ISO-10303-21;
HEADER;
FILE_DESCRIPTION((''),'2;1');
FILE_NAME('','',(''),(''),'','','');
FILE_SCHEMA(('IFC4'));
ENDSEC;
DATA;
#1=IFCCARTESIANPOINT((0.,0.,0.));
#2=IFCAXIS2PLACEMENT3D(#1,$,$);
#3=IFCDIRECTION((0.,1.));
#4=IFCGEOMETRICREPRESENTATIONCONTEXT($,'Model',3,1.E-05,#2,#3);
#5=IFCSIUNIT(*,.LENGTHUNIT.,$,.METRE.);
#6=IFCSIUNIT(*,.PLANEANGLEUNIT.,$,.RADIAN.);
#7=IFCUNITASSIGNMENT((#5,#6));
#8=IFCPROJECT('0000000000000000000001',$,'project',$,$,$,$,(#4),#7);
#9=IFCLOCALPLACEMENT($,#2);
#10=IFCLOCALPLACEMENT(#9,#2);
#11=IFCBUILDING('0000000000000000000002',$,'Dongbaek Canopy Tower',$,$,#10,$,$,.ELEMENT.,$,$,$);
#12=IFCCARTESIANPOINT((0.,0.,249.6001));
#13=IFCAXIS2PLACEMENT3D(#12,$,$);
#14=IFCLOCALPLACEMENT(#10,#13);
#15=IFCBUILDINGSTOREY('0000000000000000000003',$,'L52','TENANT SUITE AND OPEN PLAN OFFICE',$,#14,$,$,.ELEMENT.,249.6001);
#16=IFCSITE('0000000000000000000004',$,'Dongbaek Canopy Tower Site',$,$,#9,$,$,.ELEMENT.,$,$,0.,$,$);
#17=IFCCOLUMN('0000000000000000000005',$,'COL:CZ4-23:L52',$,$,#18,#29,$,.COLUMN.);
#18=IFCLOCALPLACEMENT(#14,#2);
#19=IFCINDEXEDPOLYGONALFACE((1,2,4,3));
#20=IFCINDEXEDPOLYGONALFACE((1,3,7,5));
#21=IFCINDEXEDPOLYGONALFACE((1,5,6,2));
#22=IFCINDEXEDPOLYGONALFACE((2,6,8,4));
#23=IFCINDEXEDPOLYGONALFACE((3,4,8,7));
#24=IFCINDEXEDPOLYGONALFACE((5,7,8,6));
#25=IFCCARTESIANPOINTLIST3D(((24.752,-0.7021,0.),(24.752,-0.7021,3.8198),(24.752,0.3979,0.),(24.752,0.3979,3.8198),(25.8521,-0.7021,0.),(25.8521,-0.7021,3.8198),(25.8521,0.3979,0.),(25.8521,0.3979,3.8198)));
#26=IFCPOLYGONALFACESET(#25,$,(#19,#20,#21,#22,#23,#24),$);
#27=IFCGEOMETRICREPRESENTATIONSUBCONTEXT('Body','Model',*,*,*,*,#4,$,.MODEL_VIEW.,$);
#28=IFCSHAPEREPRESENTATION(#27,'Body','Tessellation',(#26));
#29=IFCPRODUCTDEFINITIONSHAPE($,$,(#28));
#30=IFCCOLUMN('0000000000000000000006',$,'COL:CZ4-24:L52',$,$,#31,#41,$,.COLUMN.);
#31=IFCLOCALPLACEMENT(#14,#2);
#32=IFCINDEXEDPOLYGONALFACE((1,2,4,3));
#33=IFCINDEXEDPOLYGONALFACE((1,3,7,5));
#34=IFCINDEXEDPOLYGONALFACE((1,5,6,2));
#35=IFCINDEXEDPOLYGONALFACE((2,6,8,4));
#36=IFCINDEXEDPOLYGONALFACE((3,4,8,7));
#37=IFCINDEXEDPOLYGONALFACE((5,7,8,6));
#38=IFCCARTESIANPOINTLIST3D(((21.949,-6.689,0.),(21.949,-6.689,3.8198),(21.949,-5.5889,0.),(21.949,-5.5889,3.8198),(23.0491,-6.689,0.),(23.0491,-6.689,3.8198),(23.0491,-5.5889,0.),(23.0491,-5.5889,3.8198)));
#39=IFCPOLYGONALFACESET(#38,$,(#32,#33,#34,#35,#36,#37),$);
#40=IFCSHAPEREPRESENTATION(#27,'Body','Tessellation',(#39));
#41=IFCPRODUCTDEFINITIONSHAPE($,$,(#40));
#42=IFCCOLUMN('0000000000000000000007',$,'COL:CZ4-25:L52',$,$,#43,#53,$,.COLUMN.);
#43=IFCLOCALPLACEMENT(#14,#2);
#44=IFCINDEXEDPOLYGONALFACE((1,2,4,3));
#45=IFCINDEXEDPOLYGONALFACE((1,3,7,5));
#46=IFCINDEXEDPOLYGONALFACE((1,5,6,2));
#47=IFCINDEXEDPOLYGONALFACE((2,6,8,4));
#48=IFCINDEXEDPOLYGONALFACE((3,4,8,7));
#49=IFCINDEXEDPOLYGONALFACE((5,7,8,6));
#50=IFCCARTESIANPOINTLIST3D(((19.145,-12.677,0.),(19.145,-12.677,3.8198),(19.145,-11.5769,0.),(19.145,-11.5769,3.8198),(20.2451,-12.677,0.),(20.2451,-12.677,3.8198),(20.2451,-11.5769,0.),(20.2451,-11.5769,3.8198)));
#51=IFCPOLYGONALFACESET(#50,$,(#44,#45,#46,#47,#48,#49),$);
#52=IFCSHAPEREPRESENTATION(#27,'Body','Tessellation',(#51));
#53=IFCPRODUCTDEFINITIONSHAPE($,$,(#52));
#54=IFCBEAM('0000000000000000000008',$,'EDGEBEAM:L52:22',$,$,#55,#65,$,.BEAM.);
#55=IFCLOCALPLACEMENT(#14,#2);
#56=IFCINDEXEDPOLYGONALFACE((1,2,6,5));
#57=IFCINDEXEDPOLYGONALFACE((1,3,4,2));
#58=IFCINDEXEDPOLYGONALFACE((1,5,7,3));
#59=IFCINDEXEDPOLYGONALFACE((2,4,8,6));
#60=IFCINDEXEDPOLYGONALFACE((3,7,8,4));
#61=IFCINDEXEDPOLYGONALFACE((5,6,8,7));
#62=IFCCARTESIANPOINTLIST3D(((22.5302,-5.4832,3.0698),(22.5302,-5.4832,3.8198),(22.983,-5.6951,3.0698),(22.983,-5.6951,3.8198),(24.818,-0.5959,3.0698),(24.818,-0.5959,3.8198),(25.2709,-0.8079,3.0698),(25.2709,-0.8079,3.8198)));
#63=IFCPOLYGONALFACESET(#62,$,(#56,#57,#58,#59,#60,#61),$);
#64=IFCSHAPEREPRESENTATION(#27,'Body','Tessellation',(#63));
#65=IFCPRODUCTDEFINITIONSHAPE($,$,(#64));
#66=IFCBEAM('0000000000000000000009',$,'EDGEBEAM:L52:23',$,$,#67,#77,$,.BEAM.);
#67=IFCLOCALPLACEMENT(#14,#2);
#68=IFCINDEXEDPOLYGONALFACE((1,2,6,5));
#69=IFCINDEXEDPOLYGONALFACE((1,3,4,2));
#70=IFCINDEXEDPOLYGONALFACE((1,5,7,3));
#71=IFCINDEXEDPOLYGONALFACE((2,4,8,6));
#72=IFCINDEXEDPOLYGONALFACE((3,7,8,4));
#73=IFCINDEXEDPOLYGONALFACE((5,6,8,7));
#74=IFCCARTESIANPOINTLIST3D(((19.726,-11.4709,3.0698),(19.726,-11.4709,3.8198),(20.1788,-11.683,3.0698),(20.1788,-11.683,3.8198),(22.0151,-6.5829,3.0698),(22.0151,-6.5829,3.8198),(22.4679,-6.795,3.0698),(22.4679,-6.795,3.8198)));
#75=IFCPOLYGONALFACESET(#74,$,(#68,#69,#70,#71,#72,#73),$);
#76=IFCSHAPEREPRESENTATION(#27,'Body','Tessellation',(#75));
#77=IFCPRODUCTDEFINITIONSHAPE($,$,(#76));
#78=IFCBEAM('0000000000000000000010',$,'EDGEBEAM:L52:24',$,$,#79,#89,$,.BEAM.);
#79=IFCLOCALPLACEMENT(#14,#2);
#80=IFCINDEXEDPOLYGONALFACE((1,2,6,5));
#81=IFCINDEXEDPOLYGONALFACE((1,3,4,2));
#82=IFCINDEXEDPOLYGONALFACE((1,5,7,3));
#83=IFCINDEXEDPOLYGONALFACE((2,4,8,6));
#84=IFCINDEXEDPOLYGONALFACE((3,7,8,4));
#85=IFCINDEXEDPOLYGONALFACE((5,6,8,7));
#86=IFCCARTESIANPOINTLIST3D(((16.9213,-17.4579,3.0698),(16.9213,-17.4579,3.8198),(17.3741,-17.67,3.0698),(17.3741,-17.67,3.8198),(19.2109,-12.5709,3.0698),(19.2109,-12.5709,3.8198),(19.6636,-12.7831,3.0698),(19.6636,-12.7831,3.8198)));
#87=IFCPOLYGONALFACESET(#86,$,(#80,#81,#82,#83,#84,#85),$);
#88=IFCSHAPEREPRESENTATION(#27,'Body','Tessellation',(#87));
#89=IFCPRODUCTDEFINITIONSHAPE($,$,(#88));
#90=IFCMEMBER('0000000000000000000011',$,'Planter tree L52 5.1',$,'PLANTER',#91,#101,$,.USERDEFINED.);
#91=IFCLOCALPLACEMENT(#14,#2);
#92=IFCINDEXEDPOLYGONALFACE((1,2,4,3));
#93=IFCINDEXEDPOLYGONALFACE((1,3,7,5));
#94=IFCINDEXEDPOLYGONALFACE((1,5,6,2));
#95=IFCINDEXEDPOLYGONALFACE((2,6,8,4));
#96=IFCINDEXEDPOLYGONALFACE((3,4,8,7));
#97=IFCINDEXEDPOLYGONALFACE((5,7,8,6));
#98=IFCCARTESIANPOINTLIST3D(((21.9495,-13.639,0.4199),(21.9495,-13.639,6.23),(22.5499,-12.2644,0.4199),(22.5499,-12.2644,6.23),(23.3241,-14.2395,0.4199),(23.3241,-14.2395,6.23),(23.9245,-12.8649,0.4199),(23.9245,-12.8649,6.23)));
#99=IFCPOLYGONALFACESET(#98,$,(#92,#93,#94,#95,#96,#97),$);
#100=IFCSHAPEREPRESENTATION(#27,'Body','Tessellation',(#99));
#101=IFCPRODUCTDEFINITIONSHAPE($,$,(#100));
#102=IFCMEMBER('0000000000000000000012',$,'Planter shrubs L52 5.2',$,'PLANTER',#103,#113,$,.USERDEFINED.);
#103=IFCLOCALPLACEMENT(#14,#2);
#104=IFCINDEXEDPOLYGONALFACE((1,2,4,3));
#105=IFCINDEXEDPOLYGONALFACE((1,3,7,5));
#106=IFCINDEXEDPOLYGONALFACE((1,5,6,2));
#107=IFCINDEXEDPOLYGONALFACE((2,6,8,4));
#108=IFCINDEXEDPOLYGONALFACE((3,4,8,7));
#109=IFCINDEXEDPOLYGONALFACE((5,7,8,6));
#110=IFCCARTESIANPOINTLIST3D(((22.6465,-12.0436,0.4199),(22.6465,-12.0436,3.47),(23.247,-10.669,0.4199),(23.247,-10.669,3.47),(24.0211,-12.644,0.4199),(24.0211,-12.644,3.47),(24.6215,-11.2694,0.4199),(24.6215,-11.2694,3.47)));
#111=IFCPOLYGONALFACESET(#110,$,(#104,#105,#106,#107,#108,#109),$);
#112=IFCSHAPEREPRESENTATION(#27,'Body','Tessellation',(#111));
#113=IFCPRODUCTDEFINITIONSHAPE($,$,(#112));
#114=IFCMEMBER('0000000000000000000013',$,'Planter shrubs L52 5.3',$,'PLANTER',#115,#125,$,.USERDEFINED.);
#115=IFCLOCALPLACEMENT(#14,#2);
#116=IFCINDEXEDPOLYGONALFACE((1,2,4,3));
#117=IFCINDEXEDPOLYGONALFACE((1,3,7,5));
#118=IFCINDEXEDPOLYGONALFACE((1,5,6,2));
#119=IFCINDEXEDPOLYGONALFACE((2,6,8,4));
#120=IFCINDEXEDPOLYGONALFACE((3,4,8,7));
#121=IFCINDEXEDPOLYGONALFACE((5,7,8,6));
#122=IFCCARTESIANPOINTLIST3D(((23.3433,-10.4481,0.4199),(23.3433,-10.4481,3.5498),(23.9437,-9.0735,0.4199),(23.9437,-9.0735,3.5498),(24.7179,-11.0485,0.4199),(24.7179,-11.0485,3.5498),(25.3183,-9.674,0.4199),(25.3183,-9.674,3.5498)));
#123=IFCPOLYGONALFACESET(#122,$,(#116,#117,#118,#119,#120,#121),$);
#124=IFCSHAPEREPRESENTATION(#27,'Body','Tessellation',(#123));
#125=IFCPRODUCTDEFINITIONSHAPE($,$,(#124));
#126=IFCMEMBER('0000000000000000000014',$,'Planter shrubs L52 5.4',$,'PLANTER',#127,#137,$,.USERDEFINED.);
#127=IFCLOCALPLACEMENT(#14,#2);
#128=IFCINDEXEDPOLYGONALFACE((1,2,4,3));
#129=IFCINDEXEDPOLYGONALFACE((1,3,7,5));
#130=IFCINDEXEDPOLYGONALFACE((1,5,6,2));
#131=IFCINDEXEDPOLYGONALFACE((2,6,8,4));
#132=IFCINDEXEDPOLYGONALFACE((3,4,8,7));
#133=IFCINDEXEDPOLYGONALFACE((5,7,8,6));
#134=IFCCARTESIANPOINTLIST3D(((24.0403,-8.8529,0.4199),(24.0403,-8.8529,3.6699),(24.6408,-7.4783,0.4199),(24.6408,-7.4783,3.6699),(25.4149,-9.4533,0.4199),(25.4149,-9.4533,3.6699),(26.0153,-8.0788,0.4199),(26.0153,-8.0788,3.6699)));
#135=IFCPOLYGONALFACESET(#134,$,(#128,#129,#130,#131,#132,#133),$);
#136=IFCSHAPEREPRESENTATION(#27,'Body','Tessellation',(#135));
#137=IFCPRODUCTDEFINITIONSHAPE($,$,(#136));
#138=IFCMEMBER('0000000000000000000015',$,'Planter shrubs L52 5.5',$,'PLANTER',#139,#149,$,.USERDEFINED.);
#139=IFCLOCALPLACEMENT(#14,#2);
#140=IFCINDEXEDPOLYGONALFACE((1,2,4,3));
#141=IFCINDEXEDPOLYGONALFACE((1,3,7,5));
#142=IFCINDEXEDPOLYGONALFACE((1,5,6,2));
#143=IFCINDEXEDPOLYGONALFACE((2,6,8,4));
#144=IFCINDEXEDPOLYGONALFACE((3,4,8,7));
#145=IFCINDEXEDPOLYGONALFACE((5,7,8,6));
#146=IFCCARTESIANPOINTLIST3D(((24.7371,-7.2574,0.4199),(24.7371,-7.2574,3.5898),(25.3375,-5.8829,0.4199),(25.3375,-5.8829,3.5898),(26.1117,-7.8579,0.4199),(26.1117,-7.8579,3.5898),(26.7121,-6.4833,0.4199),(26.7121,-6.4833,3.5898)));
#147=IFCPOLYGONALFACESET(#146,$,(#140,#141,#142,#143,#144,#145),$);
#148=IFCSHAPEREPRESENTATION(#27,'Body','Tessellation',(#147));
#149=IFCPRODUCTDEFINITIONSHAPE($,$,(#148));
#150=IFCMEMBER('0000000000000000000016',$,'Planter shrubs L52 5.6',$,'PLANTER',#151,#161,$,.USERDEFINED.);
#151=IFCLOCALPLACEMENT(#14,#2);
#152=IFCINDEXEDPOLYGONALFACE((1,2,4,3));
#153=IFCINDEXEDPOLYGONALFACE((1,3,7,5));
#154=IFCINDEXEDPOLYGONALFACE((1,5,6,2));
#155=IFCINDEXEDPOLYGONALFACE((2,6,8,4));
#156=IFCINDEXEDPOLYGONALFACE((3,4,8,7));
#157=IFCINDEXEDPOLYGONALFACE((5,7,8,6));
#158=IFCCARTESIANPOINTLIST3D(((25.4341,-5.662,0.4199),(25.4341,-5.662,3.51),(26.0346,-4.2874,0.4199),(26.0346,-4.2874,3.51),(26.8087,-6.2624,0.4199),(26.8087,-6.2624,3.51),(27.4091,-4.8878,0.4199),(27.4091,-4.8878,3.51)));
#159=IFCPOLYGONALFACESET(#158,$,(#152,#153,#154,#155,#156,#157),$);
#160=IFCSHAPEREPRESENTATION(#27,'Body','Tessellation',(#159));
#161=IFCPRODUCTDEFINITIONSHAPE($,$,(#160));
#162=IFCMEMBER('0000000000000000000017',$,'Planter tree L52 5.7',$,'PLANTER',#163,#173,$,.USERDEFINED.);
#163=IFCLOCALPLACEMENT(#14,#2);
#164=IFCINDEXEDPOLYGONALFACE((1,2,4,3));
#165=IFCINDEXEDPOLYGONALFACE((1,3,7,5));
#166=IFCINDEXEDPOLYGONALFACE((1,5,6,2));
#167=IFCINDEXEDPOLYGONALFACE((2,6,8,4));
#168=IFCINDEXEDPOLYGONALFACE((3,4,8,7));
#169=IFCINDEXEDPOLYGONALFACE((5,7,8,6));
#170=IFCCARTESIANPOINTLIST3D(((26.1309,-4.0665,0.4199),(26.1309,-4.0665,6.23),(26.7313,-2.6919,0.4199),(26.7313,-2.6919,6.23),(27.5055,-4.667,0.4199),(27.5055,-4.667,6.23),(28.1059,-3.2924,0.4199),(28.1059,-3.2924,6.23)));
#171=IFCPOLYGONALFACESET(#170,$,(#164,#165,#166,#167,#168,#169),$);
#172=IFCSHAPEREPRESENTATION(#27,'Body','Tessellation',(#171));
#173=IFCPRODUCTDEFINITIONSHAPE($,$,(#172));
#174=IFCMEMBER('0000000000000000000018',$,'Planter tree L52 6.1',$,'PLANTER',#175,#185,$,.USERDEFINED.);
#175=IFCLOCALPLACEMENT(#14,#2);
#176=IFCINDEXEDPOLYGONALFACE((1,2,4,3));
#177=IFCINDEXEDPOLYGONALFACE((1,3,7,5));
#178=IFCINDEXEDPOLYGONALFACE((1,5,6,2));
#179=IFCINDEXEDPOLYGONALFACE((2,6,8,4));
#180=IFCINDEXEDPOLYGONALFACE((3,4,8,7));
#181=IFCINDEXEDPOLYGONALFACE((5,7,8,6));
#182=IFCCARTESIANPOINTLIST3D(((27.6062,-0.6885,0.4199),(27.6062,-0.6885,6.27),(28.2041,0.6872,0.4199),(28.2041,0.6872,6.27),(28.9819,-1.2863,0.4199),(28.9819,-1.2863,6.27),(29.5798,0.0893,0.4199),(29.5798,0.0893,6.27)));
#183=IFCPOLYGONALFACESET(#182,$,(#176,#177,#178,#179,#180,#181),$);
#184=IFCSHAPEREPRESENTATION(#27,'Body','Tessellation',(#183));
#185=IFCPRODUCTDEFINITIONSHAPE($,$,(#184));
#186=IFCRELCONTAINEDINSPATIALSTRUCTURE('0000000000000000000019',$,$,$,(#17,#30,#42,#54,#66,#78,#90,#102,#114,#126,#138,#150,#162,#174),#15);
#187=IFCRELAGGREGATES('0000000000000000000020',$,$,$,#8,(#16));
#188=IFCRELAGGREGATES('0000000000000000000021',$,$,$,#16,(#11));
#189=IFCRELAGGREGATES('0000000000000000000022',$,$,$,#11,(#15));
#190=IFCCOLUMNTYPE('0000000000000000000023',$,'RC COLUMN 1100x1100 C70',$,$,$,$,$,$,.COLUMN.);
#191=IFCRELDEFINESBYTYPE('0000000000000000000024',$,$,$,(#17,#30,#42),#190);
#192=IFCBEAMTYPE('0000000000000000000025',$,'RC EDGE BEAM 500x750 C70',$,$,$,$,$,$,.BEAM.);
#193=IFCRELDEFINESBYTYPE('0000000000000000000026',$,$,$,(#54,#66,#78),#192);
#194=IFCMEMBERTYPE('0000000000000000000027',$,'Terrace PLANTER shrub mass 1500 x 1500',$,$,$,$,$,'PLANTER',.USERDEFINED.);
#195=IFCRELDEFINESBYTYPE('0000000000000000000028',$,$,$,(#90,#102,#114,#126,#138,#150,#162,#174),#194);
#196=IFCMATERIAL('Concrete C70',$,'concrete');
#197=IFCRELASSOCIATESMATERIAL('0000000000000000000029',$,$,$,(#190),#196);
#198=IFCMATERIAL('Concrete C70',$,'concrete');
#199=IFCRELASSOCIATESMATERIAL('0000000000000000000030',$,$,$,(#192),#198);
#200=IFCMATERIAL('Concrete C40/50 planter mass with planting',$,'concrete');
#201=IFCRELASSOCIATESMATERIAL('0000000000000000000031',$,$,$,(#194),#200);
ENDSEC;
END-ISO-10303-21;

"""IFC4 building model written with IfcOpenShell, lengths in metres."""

from ifc_helpers import new_model, si_unit, direction, frame, origin, origin_2d, place, context, subcontext, project, spatial, rectangle, extrude, material, material_profile, profile_set, type_object, element, save


model = new_model("IFC4")

# Units and contexts
model_context = context("Model", 3, precision=1e-05, world=origin(), true_north=direction((0.0, 1.0)))
body_context = subcontext(model_context, "Body", "Model", "MODEL_VIEW")
ifc_project = project(units=[si_unit("LENGTHUNIT", "METRE"), si_unit("PLANEANGLEUNIT", "RADIAN")], contexts=[model_context])

# Site, building, storey
site_placement = place(None, origin())
site = spatial("IfcSite", under=ifc_project, at=site_placement, Name="Dongbaek Canopy Tower Site", CompositionType="ELEMENT", RefElevation=0.0)
building_placement = place(site_placement, origin())
building = spatial("IfcBuilding", under=site, at=building_placement, Name="Dongbaek Canopy Tower", CompositionType="ELEMENT")
storey_placement = place(building_placement, frame((0.0, 0.0, 249.6001)))
storey = spatial("IfcBuildingStorey", under=building, at=storey_placement, Name="L52", Description="TENANT SUITE AND OPEN PLAN OFFICE", CompositionType="ELEMENT", Elevation=249.6001)

# Columns
ifc_material_1 = material(Name="Concrete C70", Category="concrete")
ifc_material_profile_1 = material_profile(ifc_material_1, rectangle(XDim=1.1001, YDim=1.1001, at=origin_2d()), Name="RC COLUMN 1100x1100 C70")
ifc_profile_set_1 = profile_set([ifc_material_profile_1], Name="Concrete C70")
column_type = type_object("IfcColumnType", Name="RC COLUMN 1100x1100 C70", PredefinedType="COLUMN", material=ifc_profile_set_1)
for number, where, z_axis, x_axis, name in (
    (1, (25.302, -0.1521, 0.0), (0.0, 0.0, 1.0), (1.0, 0.0, 0.0), "COL:CZ4-23:L52"),
    (2, (22.499, -6.1389, 0.0), (0.0, 0.0, 1.0), (1.0, 0.0, 0.0), "COL:CZ4-24:L52"),
    (3, (19.6951, -12.127, 0.0), (0.0, 0.0, 1.0), (1.0, 0.0, 0.0), "COL:CZ4-25:L52"),
):
    element("IfcColumn", number, at=place(storey_placement, frame(where, z_axis=z_axis, x_axis=x_axis)), inside=storey, type_object=column_type, Name=name, PredefinedType="COLUMN", context=body_context, shape_type="SweptSolid", body=[
        extrude(rectangle(XDim=1.1001, YDim=1.1001, at=origin_2d()), origin(), (0.0, 0.0, 1.0), 3.8198),
    ])

# Beams
ifc_material_2 = material(Name="Concrete C70", Category="concrete")
ifc_material_profile_2 = material_profile(ifc_material_2, rectangle(XDim=0.5, YDim=0.75, at=origin_2d()), Name="RC EDGE BEAM 500x750 C70")
ifc_profile_set_2 = profile_set([ifc_material_profile_2], Name="Concrete C70")
beam_type = type_object("IfcBeamType", Name="RC EDGE BEAM 500x750 C70", PredefinedType="BEAM", material=ifc_profile_set_2)
beam_1_placement = place(storey_placement, frame((25.0444, -0.7019, 3.4448), z_axis=(-0.423972, -0.905675, 0.0), x_axis=(0.905675, -0.423972, 0.0)))
element("IfcBeam", 4, at=beam_1_placement, inside=storey, type_object=beam_type, Name="EDGEBEAM:L52:22", PredefinedType="BEAM", context=body_context, shape_type="SweptSolid", body=[
    extrude(rectangle(XDim=0.5, YDim=0.75, at=origin_2d()), origin(), (0.0, 0.0, 1.0), 5.3962),
])
beam_2_placement = place(storey_placement, frame((22.2415, -6.689, 3.4448), z_axis=(-0.424106, -0.905613, 0.0), x_axis=(0.905613, -0.424106, 0.0)))
element("IfcBeam", 5, at=beam_2_placement, inside=storey, type_object=beam_type, Name="EDGEBEAM:L52:23", PredefinedType="BEAM", context=body_context, shape_type="SweptSolid", body=[
    extrude(rectangle(XDim=0.5, YDim=0.75, at=origin_2d()), origin(), (0.0, 0.0, 1.0), 5.3975),
])
beam_3_placement = place(storey_placement, frame((19.4373, -12.677, 3.4448), z_axis=(-0.42425, -0.905545, 0.0), x_axis=(0.905545, -0.42425, 0.0)))
element("IfcBeam", 6, at=beam_3_placement, inside=storey, type_object=beam_type, Name="EDGEBEAM:L52:24", PredefinedType="BEAM", context=body_context, shape_type="SweptSolid", body=[
    extrude(rectangle(XDim=0.5, YDim=0.75, at=origin_2d()), origin(), (0.0, 0.0, 1.0), 5.3967),
])

# Members
ifc_material_3 = material(Name="Concrete C40/50 planter mass with planting", Category="concrete")
ifc_material_profile_3 = material_profile(ifc_material_3, rectangle(XDim=1.5, YDim=1.5, at=origin_2d()), Name="Terrace PLANTER shrub mass 1500 x 1500")
ifc_profile_set_3 = profile_set([ifc_material_profile_3], Name="Concrete C40/50 planter mass with planting")
member_type = type_object("IfcMemberType", Name="Terrace PLANTER shrub mass 1500 x 1500", ElementType="PLANTER", PredefinedType="USERDEFINED", material=ifc_profile_set_3)
member_1_placement = place(storey_placement, frame((22.937, -13.252, 0.4199), z_axis=(0.0, 0.0, 1.0), x_axis=(0.916386, -0.400295, 0.0)))
element("IfcMember", 7, at=member_1_placement, inside=storey, type_object=member_type, Name="Planter tree L52 5.1", ObjectType="PLANTER", PredefinedType="USERDEFINED", context=body_context, shape_type="SweptSolid", body=[
    extrude(rectangle(XDim=1.5, YDim=1.5, at=origin_2d()), origin(), (0.0, 0.0, 1.0), 5.8101),
])
member_2_placement = place(storey_placement, frame((23.634, -11.6565, 0.4199), z_axis=(0.0, 0.0, 1.0), x_axis=(0.916386, -0.400295, 0.0)))
element("IfcMember", 8, at=member_2_placement, inside=storey, type_object=member_type, Name="Planter shrubs L52 5.2", ObjectType="PLANTER", PredefinedType="USERDEFINED", context=body_context, shape_type="SweptSolid", body=[
    extrude(rectangle(XDim=1.5, YDim=1.5, at=origin_2d()), origin(), (0.0, 0.0, 1.0), 3.05),
])
member_3_placement = place(storey_placement, frame((24.3308, -10.061, 0.4199), z_axis=(0.0, 0.0, 1.0), x_axis=(0.916386, -0.400295, 0.0)))
element("IfcMember", 9, at=member_3_placement, inside=storey, type_object=member_type, Name="Planter shrubs L52 5.3", ObjectType="PLANTER", PredefinedType="USERDEFINED", context=body_context, shape_type="SweptSolid", body=[
    extrude(rectangle(XDim=1.5, YDim=1.5, at=origin_2d()), origin(), (0.0, 0.0, 1.0), 3.1299),
])
member_4_placement = place(storey_placement, frame((25.0278, -8.4658, 0.4199), z_axis=(0.0, 0.0, 1.0), x_axis=(0.916386, -0.400295, 0.0)))
element("IfcMember", 10, at=member_4_placement, inside=storey, type_object=member_type, Name="Planter shrubs L52 5.4", ObjectType="PLANTER", PredefinedType="USERDEFINED", context=body_context, shape_type="SweptSolid", body=[
    extrude(rectangle(XDim=1.5, YDim=1.5, at=origin_2d()), origin(), (0.0, 0.0, 1.0), 3.25),
])
member_5_placement = place(storey_placement, frame((25.7246, -6.8704, 0.4199), z_axis=(0.0, 0.0, 1.0), x_axis=(0.916386, -0.400295, 0.0)))
element("IfcMember", 11, at=member_5_placement, inside=storey, type_object=member_type, Name="Planter shrubs L52 5.5", ObjectType="PLANTER", PredefinedType="USERDEFINED", context=body_context, shape_type="SweptSolid", body=[
    extrude(rectangle(XDim=1.5, YDim=1.5, at=origin_2d()), origin(), (0.0, 0.0, 1.0), 3.1699),
])
member_6_placement = place(storey_placement, frame((26.4216, -5.2749, 0.4199), z_axis=(0.0, 0.0, 1.0), x_axis=(0.916386, -0.400295, 0.0)))
element("IfcMember", 12, at=member_6_placement, inside=storey, type_object=member_type, Name="Planter shrubs L52 5.6", ObjectType="PLANTER", PredefinedType="USERDEFINED", context=body_context, shape_type="SweptSolid", body=[
    extrude(rectangle(XDim=1.5, YDim=1.5, at=origin_2d()), origin(), (0.0, 0.0, 1.0), 3.0901),
])
member_7_placement = place(storey_placement, frame((27.1184, -3.6794, 0.4199), z_axis=(0.0, 0.0, 1.0), x_axis=(0.916386, -0.400295, 0.0)))
element("IfcMember", 13, at=member_7_placement, inside=storey, type_object=member_type, Name="Planter tree L52 5.7", ObjectType="PLANTER", PredefinedType="USERDEFINED", context=body_context, shape_type="SweptSolid", body=[
    extrude(rectangle(XDim=1.5, YDim=1.5, at=origin_2d()), origin(), (0.0, 0.0, 1.0), 5.8101),
])
member_8_placement = place(storey_placement, frame((28.593, -0.2996, 0.4199), z_axis=(0.0, 0.0, 1.0), x_axis=(0.917131, -0.398585, 0.0)))
element("IfcMember", 14, at=member_8_placement, inside=storey, type_object=member_type, Name="Planter tree L52 6.1", ObjectType="PLANTER", PredefinedType="USERDEFINED", context=body_context, shape_type="SweptSolid", body=[
    extrude(rectangle(XDim=1.5, YDim=1.5, at=origin_2d()), origin(), (0.0, 0.0, 1.0), 5.8501),
])

save(model, "model.ifc")
